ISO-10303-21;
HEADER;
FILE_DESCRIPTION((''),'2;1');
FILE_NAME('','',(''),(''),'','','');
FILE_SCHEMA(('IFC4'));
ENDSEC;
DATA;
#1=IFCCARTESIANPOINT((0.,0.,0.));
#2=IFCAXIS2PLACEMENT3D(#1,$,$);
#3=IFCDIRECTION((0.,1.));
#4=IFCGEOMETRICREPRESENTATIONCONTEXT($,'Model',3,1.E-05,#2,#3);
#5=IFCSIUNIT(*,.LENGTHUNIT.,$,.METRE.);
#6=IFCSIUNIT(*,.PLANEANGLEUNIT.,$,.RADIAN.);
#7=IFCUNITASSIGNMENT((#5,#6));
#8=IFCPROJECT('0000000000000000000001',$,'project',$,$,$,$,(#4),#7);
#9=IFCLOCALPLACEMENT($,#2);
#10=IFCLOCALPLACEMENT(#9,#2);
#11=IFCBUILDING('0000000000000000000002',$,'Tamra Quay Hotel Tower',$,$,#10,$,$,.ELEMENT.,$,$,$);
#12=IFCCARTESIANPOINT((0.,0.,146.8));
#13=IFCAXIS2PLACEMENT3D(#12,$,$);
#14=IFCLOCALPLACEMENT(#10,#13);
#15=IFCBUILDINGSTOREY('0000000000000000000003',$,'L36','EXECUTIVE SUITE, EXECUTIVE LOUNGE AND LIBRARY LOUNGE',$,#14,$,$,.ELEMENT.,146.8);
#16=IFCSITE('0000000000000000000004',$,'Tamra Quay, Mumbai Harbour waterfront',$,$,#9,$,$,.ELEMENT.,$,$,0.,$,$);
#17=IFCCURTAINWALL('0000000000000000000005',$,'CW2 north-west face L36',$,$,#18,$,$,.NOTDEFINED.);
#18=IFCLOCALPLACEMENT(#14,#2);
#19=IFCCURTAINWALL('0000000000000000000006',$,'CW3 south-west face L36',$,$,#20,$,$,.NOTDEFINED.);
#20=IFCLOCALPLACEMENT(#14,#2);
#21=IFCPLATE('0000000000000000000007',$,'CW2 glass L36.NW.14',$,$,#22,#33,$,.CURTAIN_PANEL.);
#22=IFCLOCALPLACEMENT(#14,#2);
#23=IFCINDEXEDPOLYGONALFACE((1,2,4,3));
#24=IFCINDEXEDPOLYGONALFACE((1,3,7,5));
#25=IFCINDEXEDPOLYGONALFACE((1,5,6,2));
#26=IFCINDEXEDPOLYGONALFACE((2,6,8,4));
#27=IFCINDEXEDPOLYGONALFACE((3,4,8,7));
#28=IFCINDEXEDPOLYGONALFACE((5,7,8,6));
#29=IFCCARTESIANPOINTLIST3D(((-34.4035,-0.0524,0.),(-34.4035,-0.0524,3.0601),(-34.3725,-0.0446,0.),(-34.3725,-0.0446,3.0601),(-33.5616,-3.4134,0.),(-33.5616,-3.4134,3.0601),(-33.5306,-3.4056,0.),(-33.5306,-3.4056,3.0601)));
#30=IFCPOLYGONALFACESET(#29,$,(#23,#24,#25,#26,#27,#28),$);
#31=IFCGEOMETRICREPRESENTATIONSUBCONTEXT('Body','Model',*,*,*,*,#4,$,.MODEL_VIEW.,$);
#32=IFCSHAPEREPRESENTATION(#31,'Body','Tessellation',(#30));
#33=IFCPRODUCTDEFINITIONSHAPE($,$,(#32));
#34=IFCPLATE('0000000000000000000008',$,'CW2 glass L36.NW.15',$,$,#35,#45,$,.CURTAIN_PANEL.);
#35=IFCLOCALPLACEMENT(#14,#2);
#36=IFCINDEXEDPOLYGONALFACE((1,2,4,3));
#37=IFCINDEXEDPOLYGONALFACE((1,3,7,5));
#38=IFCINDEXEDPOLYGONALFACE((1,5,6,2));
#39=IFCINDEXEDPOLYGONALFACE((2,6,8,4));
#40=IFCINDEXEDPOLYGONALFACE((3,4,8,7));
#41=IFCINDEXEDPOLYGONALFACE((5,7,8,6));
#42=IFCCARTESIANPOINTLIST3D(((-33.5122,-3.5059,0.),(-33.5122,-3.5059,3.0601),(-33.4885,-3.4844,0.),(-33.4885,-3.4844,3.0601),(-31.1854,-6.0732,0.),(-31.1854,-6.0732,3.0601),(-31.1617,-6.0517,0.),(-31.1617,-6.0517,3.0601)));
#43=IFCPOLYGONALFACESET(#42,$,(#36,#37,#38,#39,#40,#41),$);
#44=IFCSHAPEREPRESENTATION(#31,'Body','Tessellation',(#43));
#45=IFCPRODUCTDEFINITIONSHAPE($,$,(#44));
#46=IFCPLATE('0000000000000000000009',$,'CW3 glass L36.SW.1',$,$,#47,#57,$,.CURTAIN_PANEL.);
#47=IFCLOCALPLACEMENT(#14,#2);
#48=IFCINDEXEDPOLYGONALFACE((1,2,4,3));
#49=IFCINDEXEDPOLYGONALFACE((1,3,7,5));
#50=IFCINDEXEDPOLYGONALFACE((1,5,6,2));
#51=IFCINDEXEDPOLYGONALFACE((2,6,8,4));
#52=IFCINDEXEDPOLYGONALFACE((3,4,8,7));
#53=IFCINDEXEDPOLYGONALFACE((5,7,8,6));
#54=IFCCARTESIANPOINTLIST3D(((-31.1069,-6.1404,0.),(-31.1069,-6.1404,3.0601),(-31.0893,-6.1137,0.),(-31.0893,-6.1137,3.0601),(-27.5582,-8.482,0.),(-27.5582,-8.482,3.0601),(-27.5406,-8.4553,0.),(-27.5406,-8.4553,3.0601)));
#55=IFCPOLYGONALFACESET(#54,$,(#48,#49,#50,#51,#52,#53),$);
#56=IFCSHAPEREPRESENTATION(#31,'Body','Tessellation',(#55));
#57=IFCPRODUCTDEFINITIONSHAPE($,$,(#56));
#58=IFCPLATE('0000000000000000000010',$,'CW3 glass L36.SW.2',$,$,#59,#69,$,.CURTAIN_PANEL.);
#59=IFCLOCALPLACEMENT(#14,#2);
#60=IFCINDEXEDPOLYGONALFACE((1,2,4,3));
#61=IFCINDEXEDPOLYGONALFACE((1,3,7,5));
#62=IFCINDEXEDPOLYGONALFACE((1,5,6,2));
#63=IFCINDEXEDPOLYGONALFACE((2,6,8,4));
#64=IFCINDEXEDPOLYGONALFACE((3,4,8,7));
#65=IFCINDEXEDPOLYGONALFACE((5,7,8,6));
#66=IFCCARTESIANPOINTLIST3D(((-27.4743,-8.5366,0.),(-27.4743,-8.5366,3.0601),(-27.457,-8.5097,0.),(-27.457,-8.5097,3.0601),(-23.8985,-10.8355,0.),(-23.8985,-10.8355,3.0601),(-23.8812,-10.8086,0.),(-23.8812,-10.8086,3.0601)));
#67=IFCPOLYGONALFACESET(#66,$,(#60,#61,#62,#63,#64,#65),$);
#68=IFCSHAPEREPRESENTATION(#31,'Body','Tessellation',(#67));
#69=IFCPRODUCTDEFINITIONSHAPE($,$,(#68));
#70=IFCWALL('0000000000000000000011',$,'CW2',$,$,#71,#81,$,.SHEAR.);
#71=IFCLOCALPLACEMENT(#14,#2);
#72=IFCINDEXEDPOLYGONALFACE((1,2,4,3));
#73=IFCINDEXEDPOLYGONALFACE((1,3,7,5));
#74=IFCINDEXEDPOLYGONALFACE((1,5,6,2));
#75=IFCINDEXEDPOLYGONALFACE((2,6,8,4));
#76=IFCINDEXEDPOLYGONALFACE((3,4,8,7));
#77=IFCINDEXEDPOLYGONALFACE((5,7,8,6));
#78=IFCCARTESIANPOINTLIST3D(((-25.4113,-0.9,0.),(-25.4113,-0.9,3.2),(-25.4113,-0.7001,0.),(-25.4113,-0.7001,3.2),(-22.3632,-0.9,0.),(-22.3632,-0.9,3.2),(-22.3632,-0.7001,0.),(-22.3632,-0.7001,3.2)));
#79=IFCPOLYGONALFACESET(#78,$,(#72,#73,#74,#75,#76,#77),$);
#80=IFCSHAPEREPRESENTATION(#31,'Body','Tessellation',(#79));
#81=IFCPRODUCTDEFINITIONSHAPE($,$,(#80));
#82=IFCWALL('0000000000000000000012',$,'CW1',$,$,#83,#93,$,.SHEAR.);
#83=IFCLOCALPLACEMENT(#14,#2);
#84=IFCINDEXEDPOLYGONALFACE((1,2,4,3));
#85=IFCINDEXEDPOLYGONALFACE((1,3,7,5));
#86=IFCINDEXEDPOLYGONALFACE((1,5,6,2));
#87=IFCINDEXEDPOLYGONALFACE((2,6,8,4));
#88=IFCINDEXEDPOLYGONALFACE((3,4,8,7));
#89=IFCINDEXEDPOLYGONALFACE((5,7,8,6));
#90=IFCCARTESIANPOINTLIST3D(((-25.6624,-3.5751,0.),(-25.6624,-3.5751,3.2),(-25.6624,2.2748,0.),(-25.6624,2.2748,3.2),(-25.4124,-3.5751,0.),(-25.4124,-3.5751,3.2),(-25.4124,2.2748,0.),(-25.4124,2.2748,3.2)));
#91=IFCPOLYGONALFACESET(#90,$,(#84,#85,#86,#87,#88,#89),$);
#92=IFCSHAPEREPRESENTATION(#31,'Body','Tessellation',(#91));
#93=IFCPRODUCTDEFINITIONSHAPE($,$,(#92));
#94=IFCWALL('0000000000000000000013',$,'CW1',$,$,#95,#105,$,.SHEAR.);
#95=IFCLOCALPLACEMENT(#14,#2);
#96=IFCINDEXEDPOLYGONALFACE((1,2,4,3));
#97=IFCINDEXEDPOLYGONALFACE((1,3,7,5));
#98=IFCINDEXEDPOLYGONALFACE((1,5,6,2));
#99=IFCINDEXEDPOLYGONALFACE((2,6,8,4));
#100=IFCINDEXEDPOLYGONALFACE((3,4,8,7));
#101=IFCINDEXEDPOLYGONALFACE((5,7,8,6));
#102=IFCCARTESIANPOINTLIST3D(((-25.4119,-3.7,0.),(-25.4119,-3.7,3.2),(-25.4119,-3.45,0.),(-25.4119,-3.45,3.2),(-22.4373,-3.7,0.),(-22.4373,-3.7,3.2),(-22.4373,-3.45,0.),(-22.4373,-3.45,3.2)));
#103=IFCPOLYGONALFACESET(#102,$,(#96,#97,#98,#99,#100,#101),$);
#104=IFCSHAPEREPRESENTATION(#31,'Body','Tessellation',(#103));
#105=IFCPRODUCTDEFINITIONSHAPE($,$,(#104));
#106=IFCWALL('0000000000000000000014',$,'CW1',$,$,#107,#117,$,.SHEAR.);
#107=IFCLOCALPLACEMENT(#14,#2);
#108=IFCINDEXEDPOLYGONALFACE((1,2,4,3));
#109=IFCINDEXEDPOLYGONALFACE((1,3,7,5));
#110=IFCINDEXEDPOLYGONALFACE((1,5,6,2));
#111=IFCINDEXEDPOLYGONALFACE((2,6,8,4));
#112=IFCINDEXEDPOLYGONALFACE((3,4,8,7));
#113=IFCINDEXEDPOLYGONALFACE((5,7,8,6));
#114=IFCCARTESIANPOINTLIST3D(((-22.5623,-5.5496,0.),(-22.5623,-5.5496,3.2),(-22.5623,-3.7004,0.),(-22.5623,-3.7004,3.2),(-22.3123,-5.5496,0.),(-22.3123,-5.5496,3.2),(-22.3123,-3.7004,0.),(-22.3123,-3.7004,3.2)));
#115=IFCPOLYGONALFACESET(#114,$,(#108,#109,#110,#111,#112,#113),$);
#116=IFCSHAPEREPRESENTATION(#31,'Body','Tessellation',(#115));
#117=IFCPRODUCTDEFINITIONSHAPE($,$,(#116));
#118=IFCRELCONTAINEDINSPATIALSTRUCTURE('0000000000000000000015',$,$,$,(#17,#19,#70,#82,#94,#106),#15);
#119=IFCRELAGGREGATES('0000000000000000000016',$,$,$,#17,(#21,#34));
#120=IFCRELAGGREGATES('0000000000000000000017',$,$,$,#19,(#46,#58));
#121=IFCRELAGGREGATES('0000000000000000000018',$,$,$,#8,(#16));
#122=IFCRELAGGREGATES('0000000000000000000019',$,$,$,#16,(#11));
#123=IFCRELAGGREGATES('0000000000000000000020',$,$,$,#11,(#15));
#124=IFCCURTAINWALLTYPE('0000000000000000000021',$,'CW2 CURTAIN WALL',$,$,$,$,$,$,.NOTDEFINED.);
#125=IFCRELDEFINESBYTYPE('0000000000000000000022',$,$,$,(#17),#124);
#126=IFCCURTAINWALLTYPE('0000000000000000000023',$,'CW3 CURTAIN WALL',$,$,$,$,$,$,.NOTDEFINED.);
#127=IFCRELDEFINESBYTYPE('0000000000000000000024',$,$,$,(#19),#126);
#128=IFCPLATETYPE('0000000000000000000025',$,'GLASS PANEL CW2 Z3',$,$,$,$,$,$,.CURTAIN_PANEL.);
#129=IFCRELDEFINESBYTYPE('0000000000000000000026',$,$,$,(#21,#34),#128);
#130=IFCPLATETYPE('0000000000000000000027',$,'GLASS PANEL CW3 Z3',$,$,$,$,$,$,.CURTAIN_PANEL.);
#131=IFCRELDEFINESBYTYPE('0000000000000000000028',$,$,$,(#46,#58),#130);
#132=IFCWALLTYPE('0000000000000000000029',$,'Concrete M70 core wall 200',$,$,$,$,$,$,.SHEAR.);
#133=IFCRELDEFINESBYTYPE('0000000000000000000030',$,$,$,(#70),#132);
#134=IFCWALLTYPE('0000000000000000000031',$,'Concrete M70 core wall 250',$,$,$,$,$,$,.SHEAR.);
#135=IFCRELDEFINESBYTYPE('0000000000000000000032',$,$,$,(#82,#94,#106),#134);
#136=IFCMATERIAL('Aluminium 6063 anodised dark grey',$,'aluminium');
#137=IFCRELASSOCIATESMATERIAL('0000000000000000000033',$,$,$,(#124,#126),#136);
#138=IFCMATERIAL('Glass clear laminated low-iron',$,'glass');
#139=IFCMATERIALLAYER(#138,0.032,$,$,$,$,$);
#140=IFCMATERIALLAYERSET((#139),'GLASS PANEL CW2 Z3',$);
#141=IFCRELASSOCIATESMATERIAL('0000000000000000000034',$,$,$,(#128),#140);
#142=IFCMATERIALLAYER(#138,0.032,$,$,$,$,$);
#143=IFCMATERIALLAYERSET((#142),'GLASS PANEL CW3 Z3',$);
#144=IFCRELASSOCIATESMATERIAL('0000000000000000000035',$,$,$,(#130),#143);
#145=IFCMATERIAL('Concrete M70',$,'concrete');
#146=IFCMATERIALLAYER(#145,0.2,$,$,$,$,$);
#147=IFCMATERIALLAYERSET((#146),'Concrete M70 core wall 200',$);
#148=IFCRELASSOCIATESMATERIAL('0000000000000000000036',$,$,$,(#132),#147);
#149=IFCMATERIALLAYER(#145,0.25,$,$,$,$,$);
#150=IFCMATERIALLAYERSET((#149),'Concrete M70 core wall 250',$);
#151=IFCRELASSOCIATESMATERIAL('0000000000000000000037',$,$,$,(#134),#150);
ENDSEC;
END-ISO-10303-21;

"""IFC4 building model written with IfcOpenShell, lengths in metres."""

from ifc_helpers import new_model, si_unit, direction, frame, frame_2d, origin, origin_2d, place, context, subcontext, project, spatial, rectangle, extrude, material, layer, layer_set, type_object, element, aggregate, save


model = new_model("IFC4")

# Units and contexts
model_context = context("Model", 3, precision=1e-05, world=origin(), true_north=direction((0.0, 1.0)))
body_context = subcontext(model_context, "Body", "Model", "MODEL_VIEW")
ifc_project = project(units=[si_unit("LENGTHUNIT", "METRE"), si_unit("PLANEANGLEUNIT", "RADIAN")], contexts=[model_context])

# Site, building, storey
site_placement = place(None, origin())
site = spatial("IfcSite", under=ifc_project, at=site_placement, Name="Tamra Quay, Mumbai Harbour waterfront", CompositionType="ELEMENT", RefElevation=0.0)
building_placement = place(site_placement, origin())
building = spatial("IfcBuilding", under=site, at=building_placement, Name="Tamra Quay Hotel Tower", CompositionType="ELEMENT")
storey_placement = place(building_placement, frame((0.0, 0.0, 146.8)))
storey = spatial("IfcBuildingStorey", under=building, at=storey_placement, Name="L36", Description="EXECUTIVE SUITE, EXECUTIVE LOUNGE AND LIBRARY LOUNGE", CompositionType="ELEMENT", Elevation=146.8)

# Shared definitions
ifc_material_1 = material(Name="Concrete M70", Category="concrete")

# Curtain wall
ifc_material_2 = material(Name="Aluminium 6063 anodised dark grey", Category="aluminium")
curtain_wall_type_1 = type_object("IfcCurtainWallType", Name="CW2 CURTAIN WALL", PredefinedType="NOTDEFINED", material=ifc_material_2)
curtain_wall_1_placement = place(storey_placement, origin())
curtain_wall_1 = element("IfcCurtainWall", 1, at=curtain_wall_1_placement, inside=storey, type_object=curtain_wall_type_1, Name="CW2 north-west face L36", PredefinedType="NOTDEFINED")

# Curtain wall
curtain_wall_type_2 = type_object("IfcCurtainWallType", Name="CW3 CURTAIN WALL", PredefinedType="NOTDEFINED", material=ifc_material_2)
curtain_wall_2_placement = place(storey_placement, origin())
curtain_wall_2 = element("IfcCurtainWall", 2, at=curtain_wall_2_placement, inside=storey, type_object=curtain_wall_type_2, Name="CW3 south-west face L36", PredefinedType="NOTDEFINED")

# Plates
ifc_material_3 = material(Name="Glass clear laminated low-iron", Category="glass")
ifc_layer_1 = layer(ifc_material_3, 0.032)
ifc_layer_set_1 = layer_set([ifc_layer_1], Name="GLASS PANEL CW2 Z3")
plate_type_1 = type_object("IfcPlateType", Name="GLASS PANEL CW2 Z3", PredefinedType="CURTAIN_PANEL", material=ifc_layer_set_1)
plate_1_placement = place(storey_placement, frame((-33.967, -1.729, 0.0), z_axis=(0.0, 0.0, 1.0), x_axis=(0.242976, -0.970032, 0.0)))
plate_1 = element("IfcPlate", 3, at=plate_1_placement, type_object=plate_type_1, Name="CW2 glass L36.NW.14", PredefinedType="CURTAIN_PANEL", context=body_context, shape_type="SweptSolid", body=[
    extrude(rectangle(XDim=3.4648, YDim=0.032, at=origin_2d()), origin(), (0.0, 0.0, 1.0), 3.0601),
])
plate_2_placement = place(storey_placement, frame((-32.3369, -4.7788, 0.0), z_axis=(0.0, 0.0, 1.0), x_axis=(0.67155, -0.740959, 0.0)))
plate_2 = element("IfcPlate", 4, at=plate_2_placement, type_object=plate_type_1, Name="CW2 glass L36.NW.15", PredefinedType="CURTAIN_PANEL", context=body_context, shape_type="SweptSolid", body=[
    extrude(rectangle(XDim=3.4648, YDim=0.032, at=origin_2d()), origin(), (0.0, 0.0, 1.0), 3.0601),
])
aggregate(curtain_wall_1, [plate_1, plate_2])
ifc_layer_2 = layer(ifc_material_3, 0.032)
ifc_layer_set_2 = layer_set([ifc_layer_2], Name="GLASS PANEL CW3 Z3")
plate_type_2 = type_object("IfcPlateType", Name="GLASS PANEL CW3 Z3", PredefinedType="CURTAIN_PANEL", material=ifc_layer_set_2)
plate_3_placement = place(storey_placement, frame((-29.3237, -7.2979, 0.0), z_axis=(0.0, 0.0, 1.0), x_axis=(0.834663, -0.550761, 0.0)))
plate_3 = element("IfcPlate", 5, at=plate_3_placement, type_object=plate_type_2, Name="CW3 glass L36.SW.1", PredefinedType="CURTAIN_PANEL", context=body_context, shape_type="SweptSolid", body=[
    extrude(rectangle(XDim=4.2517, YDim=0.032, at=origin_2d()), origin(), (0.0, 0.0, 1.0), 3.0601),
])
plate_4_placement = place(storey_placement, frame((-25.6777, -9.6726, 0.0), z_axis=(0.0, 0.0, 1.0), x_axis=(0.841164, -0.54078, 0.0)))
plate_4 = element("IfcPlate", 6, at=plate_4_placement, type_object=plate_type_2, Name="CW3 glass L36.SW.2", PredefinedType="CURTAIN_PANEL", context=body_context, shape_type="SweptSolid", body=[
    extrude(rectangle(XDim=4.251, YDim=0.032, at=origin_2d()), origin(), (0.0, 0.0, 1.0), 3.0601),
])
aggregate(curtain_wall_2, [plate_3, plate_4])

# Walls
ifc_layer_3 = layer(ifc_material_1, 0.2)
ifc_layer_set_3 = layer_set([ifc_layer_3], Name="Concrete M70 core wall 200")
wall_type_1 = type_object("IfcWallType", Name="Concrete M70 core wall 200", PredefinedType="SHEAR", material=ifc_layer_set_3)
wall_1_placement = place(storey_placement, frame((-22.3633, -0.8, 0.0), z_axis=(0.0, 0.0, 1.0), x_axis=(-1.0, 0.0, 0.0)))
element("IfcWall", 7, at=wall_1_placement, inside=storey, type_object=wall_type_1, Name="CW2", PredefinedType="SHEAR", context=body_context, shape_type="SweptSolid", body=[
    extrude(rectangle(XDim=3.0481, YDim=0.2, at=frame_2d((1.5239, 0.0))), origin(), (0.0, 0.0, 1.0), 3.2),
])
ifc_layer_4 = layer(ifc_material_1, 0.25)
ifc_layer_set_4 = layer_set([ifc_layer_4], Name="Concrete M70 core wall 250")
wall_type_2 = type_object("IfcWallType", Name="Concrete M70 core wall 250", PredefinedType="SHEAR", material=ifc_layer_set_4)
wall_2_placement = place(storey_placement, frame((-25.5374, -3.575, 0.0), z_axis=(0.0, 0.0, 1.0), x_axis=(0.0, 1.0, 0.0)))
element("IfcWall", 8, at=wall_2_placement, inside=storey, type_object=wall_type_2, Name="CW1", PredefinedType="SHEAR", context=body_context, shape_type="SweptSolid", body=[
    extrude(rectangle(XDim=5.8499, YDim=0.25, at=frame_2d((2.9248, 0.0))), origin(), (0.0, 0.0, 1.0), 3.2),
])
wall_3_placement = place(storey_placement, frame((-22.4373, -3.575, 0.0), z_axis=(0.0, 0.0, 1.0), x_axis=(-1.0, 0.0, 0.0)))
element("IfcWall", 9, at=wall_3_placement, inside=storey, type_object=wall_type_2, Name="CW1", PredefinedType="SHEAR", context=body_context, shape_type="SweptSolid", body=[
    extrude(rectangle(XDim=2.9746, YDim=0.25, at=frame_2d((1.4873, 0.0))), origin(), (0.0, 0.0, 1.0), 3.2),
])
wall_4_placement = place(storey_placement, frame((-22.4373, -5.5496, 0.0), z_axis=(0.0, 0.0, 1.0), x_axis=(0.0, 1.0, 0.0)))
element("IfcWall", 10, at=wall_4_placement, inside=storey, type_object=wall_type_2, Name="CW1", PredefinedType="SHEAR", context=body_context, shape_type="SweptSolid", body=[
    extrude(rectangle(XDim=1.8491, YDim=0.25, at=frame_2d((0.9246, 0.0))), origin(), (0.0, 0.0, 1.0), 3.2),
])

save(model, "model.ifc")
